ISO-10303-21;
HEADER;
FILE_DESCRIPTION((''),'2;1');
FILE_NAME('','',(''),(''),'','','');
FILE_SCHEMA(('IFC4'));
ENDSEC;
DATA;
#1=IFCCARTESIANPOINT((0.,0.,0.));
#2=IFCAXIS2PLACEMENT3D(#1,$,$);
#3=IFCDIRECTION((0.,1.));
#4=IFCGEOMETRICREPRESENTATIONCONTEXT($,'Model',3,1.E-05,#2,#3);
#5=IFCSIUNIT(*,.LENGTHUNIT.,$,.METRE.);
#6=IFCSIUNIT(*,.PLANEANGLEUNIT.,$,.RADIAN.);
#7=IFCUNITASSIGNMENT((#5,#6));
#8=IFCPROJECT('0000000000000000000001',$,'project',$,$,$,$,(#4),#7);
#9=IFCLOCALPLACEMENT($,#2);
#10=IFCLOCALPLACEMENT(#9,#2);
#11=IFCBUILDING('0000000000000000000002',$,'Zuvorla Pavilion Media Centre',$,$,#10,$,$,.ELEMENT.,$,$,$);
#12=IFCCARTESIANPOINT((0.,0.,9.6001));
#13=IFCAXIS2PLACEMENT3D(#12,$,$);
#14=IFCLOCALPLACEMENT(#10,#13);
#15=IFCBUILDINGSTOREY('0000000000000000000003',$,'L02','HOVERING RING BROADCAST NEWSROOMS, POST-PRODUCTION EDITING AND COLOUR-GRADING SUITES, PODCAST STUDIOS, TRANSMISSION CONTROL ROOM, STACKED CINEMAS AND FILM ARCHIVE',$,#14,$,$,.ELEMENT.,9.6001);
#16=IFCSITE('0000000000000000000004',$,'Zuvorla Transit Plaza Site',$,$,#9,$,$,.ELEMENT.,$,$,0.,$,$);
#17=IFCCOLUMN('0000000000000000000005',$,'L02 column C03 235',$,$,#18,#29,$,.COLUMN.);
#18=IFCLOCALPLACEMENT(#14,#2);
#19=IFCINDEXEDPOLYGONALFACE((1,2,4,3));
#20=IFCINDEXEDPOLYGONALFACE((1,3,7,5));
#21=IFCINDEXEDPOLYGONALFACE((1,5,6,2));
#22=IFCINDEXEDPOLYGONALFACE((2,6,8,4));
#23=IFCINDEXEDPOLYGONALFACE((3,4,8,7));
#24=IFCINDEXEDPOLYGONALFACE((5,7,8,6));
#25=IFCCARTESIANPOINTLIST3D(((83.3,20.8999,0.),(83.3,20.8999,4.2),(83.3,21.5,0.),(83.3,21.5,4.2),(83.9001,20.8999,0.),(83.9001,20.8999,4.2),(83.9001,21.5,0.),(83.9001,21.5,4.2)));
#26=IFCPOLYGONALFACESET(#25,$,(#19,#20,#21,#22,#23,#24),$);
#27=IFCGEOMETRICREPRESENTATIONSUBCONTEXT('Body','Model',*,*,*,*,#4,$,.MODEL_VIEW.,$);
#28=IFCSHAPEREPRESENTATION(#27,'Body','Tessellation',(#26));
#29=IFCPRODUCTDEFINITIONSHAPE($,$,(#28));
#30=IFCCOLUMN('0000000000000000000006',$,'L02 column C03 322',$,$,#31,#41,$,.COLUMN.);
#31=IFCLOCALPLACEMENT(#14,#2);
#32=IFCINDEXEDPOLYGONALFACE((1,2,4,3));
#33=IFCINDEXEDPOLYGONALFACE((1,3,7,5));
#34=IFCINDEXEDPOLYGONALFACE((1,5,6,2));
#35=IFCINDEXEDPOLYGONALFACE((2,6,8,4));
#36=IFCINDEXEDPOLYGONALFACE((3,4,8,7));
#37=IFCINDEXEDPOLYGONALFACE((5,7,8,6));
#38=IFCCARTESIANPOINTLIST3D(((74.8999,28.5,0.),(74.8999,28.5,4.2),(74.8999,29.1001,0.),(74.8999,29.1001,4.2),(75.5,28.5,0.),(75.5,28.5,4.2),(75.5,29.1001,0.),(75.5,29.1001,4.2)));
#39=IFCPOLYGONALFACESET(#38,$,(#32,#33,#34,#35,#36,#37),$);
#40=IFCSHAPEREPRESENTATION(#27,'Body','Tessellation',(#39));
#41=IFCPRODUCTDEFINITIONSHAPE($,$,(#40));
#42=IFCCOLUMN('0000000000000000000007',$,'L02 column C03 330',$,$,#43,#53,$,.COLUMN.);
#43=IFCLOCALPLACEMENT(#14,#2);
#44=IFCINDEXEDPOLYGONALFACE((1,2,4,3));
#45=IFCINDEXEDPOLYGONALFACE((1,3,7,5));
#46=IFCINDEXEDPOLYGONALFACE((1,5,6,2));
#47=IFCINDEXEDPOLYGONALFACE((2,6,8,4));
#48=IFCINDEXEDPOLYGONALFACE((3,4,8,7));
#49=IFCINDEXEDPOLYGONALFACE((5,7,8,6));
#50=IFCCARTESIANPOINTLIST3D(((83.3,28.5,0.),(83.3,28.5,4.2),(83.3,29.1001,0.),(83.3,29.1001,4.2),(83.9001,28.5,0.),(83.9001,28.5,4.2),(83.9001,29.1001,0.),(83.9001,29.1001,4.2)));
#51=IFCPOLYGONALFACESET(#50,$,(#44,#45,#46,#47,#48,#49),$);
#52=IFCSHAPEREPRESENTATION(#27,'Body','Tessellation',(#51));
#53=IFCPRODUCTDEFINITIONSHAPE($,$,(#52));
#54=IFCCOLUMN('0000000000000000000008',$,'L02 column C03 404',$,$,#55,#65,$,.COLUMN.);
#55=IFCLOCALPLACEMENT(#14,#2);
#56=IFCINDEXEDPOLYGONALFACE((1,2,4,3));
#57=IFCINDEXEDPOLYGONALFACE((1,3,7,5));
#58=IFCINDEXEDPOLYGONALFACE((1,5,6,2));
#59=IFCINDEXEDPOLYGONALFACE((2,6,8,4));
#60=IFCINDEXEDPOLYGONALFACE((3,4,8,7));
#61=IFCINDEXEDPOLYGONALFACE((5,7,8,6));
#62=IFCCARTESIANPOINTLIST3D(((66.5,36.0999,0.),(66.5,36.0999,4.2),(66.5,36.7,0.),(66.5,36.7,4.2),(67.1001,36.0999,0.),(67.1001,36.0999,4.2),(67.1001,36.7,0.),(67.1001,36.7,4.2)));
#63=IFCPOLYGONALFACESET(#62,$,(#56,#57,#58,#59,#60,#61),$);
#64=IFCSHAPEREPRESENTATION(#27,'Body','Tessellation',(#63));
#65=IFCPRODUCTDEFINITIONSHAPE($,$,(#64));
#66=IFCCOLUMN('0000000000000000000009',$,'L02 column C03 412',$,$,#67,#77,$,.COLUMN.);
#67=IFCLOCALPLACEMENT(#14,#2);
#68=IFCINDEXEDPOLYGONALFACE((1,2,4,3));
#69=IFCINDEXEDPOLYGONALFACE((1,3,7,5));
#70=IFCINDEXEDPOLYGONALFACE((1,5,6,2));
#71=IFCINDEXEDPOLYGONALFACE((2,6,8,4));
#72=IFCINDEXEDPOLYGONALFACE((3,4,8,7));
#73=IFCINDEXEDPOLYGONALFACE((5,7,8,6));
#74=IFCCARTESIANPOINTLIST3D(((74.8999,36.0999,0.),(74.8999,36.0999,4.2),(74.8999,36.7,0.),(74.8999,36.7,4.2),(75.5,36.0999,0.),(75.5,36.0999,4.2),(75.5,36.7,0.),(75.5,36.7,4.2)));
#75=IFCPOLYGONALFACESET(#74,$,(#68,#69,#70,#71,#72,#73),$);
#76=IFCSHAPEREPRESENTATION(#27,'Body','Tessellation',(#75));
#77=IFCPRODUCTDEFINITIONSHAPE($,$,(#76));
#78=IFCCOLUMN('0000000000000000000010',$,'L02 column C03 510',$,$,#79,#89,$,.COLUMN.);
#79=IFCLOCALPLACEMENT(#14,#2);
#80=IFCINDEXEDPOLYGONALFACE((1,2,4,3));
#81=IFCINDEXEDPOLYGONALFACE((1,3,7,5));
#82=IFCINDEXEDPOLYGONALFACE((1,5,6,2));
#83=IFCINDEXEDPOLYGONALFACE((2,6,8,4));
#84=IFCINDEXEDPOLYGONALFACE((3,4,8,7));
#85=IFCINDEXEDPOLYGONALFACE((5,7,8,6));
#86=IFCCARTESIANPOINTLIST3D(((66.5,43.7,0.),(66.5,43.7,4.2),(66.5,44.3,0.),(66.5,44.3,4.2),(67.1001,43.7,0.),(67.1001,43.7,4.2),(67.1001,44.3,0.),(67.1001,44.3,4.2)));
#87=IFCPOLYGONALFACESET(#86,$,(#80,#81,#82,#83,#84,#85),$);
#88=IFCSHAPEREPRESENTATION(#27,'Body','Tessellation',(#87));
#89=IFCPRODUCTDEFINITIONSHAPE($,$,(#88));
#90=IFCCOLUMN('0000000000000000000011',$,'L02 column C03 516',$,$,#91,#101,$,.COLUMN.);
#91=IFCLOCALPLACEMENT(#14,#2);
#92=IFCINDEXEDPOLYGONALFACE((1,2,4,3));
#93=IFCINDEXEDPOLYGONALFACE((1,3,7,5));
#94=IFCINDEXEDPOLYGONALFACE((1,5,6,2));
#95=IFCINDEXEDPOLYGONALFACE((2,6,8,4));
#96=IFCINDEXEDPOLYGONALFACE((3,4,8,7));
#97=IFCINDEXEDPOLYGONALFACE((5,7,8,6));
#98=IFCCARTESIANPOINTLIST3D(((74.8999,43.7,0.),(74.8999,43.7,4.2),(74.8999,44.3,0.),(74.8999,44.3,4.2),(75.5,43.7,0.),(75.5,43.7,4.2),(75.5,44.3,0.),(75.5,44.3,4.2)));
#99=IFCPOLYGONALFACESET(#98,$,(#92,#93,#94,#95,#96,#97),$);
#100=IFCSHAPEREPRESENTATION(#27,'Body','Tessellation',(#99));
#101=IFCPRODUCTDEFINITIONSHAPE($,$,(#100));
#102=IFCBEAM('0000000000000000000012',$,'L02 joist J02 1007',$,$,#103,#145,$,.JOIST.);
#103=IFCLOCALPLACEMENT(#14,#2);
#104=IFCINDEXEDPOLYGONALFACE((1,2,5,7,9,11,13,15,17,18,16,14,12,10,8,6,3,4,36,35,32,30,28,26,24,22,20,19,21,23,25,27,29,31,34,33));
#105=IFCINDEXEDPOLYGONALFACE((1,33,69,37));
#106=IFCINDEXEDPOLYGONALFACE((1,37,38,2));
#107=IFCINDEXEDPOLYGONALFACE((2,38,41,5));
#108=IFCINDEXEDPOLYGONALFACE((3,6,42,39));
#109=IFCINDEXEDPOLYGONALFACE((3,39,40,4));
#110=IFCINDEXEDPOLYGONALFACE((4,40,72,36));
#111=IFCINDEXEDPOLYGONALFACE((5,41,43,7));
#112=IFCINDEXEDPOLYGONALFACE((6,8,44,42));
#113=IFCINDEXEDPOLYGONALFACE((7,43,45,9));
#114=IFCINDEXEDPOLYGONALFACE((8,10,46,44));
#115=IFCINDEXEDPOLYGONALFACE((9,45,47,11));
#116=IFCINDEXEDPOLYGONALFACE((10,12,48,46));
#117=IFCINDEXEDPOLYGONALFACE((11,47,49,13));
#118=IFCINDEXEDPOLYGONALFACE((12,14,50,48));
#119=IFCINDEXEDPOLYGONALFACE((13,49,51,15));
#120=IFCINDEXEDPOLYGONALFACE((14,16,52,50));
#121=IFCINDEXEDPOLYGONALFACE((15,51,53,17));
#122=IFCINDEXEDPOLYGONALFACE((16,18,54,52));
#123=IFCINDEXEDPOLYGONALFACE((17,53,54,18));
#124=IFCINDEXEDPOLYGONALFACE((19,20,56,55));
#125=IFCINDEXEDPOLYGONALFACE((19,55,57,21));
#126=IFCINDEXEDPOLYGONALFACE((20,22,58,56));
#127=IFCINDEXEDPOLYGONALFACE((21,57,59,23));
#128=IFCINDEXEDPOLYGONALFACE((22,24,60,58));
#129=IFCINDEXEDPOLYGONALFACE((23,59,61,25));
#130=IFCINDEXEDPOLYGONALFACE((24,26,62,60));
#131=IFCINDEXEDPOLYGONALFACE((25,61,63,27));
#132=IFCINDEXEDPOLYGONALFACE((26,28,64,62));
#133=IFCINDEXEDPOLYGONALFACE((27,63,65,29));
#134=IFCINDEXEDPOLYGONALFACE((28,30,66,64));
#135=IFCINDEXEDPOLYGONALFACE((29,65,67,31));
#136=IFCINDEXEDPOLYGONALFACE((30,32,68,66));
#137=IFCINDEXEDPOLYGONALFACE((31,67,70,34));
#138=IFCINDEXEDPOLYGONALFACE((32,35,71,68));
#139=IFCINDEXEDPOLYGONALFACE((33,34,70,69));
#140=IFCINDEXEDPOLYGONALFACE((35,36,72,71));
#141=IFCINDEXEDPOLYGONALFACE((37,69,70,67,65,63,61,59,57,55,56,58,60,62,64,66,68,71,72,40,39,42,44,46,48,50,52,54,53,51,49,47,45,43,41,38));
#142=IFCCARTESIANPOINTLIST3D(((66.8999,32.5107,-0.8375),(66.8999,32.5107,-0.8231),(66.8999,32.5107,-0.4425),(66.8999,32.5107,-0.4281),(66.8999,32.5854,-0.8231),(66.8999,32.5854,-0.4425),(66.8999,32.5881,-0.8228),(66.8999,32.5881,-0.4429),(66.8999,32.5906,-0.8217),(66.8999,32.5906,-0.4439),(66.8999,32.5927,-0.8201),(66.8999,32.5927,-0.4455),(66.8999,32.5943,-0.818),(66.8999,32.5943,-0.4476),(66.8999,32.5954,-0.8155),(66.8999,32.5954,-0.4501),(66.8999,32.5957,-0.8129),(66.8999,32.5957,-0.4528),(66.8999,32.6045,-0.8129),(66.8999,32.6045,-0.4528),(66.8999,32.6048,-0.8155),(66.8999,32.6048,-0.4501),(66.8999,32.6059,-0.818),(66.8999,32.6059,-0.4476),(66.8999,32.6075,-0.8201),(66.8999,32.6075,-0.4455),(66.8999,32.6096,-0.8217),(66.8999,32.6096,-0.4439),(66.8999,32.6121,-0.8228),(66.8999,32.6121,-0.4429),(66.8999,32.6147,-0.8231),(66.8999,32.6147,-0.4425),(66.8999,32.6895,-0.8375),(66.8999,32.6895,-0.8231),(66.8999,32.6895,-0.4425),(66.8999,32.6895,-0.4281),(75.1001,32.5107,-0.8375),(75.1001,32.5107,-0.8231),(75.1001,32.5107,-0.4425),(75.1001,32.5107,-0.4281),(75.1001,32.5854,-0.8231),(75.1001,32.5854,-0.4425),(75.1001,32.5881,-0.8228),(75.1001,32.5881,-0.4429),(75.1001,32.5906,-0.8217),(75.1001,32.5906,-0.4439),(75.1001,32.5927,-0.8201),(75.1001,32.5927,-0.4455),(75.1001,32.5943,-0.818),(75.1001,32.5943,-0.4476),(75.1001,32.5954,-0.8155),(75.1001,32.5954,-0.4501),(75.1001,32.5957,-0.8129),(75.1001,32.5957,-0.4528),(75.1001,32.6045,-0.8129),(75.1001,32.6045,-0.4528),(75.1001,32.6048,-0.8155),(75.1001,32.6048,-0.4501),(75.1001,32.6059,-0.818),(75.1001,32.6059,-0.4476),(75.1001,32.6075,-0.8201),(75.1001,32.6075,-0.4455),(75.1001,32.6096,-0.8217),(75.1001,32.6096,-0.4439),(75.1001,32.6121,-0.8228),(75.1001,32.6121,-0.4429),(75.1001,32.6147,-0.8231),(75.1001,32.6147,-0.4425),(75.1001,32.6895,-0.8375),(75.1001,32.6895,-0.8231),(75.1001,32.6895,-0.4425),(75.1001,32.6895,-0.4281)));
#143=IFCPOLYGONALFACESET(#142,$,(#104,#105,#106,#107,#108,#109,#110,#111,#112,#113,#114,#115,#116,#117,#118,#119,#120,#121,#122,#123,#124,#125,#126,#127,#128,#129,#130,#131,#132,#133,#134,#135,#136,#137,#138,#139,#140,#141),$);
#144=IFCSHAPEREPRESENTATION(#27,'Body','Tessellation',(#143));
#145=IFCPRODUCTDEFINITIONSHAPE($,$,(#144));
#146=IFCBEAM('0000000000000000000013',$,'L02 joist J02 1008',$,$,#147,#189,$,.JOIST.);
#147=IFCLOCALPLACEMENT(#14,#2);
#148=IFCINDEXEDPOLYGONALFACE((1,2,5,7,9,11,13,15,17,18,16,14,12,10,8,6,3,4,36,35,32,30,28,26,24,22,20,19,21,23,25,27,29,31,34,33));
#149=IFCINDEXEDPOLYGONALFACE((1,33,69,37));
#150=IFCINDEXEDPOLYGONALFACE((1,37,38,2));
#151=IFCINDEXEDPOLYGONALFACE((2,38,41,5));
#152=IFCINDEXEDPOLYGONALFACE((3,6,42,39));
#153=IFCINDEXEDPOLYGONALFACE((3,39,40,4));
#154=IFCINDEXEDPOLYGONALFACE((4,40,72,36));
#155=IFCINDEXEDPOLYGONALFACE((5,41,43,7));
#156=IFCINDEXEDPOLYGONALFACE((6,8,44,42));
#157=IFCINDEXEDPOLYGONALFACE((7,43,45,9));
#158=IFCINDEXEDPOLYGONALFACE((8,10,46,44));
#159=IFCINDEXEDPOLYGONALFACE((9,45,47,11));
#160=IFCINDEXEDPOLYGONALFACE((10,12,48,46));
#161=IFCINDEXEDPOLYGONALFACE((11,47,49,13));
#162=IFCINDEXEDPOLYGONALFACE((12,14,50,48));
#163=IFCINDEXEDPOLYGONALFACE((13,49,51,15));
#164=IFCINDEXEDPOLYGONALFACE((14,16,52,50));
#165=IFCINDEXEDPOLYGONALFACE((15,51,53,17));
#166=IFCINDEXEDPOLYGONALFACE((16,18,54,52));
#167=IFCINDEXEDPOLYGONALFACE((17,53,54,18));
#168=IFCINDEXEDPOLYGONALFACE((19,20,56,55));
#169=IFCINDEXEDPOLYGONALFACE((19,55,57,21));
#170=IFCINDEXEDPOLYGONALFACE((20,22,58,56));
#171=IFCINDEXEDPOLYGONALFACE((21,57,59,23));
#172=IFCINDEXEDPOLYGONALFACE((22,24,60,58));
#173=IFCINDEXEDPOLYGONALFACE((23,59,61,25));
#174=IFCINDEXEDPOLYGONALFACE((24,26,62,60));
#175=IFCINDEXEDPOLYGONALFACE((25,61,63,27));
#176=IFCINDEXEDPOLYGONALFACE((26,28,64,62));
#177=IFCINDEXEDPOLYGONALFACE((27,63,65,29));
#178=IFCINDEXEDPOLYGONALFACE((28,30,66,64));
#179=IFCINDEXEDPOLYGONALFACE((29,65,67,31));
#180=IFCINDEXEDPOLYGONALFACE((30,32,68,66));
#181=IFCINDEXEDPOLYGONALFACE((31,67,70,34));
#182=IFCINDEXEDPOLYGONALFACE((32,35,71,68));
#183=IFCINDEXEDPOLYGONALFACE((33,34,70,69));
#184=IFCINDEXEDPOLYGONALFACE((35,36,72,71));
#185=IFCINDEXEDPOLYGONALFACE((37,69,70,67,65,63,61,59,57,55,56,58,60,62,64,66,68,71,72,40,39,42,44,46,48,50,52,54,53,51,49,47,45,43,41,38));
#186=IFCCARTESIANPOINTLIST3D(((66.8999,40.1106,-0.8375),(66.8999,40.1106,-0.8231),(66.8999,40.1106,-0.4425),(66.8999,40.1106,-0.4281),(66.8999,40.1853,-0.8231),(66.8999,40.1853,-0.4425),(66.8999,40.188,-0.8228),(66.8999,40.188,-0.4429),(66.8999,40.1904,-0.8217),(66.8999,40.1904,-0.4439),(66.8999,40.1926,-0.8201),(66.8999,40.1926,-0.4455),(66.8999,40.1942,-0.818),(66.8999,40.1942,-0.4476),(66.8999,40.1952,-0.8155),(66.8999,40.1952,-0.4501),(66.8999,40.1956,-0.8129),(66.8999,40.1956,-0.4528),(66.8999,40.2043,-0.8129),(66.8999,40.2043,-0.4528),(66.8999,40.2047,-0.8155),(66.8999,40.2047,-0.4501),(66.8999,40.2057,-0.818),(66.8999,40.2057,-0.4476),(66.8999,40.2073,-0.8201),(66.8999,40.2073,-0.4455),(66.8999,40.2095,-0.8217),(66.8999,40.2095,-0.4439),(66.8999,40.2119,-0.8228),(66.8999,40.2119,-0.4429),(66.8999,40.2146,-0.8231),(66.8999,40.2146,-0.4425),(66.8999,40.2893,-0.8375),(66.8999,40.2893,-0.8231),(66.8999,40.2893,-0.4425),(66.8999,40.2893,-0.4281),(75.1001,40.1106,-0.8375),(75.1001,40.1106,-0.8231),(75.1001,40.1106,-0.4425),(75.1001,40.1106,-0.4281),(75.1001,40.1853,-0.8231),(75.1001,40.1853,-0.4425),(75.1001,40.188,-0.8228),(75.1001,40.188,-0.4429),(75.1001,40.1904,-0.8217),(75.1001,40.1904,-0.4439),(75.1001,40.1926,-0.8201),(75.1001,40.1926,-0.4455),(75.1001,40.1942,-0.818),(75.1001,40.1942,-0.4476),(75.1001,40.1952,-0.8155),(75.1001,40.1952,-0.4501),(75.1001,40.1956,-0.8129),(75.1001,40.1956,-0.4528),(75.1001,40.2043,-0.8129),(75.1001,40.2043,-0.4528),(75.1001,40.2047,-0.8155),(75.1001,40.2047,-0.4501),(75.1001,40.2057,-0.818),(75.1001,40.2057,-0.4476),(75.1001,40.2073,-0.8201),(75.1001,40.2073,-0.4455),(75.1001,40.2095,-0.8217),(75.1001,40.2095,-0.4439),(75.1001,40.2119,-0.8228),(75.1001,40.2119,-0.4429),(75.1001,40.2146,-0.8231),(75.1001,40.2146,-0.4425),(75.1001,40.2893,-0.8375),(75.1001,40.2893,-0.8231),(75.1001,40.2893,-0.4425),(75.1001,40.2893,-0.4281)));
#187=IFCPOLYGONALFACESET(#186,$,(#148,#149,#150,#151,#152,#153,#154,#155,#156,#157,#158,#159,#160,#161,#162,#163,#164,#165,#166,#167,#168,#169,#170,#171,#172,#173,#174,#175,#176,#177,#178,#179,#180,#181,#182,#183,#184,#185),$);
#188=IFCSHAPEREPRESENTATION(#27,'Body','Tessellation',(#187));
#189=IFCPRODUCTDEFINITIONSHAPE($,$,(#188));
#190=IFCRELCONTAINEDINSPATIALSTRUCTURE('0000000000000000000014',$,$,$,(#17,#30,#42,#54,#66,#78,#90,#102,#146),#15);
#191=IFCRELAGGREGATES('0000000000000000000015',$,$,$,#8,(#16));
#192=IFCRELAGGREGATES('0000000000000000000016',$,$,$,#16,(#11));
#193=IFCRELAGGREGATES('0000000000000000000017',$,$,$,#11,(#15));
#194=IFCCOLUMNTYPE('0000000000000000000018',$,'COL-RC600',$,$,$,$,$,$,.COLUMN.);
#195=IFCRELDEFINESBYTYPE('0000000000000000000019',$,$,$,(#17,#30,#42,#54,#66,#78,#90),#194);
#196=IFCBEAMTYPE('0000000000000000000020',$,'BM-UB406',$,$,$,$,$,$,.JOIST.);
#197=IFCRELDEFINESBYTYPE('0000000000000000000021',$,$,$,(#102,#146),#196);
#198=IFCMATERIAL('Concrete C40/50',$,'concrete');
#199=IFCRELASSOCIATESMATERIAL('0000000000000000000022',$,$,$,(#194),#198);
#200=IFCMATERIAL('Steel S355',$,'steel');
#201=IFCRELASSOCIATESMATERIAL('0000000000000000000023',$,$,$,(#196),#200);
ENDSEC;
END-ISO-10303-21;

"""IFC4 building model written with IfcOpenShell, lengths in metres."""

from ifc_helpers import new_model, si_unit, direction, frame, origin, origin_2d, place, context, subcontext, project, spatial, rectangle, i_section, extrude, material, material_profile, profile_set, type_object, element, save


model = new_model("IFC4")

# Units and contexts
model_context = context("Model", 3, precision=1e-05, world=origin(), true_north=direction((0.0, 1.0)))
body_context = subcontext(model_context, "Body", "Model", "MODEL_VIEW")
ifc_project = project(units=[si_unit("LENGTHUNIT", "METRE"), si_unit("PLANEANGLEUNIT", "RADIAN")], contexts=[model_context])

# Site, building, storey
site_placement = place(None, origin())
site = spatial("IfcSite", under=ifc_project, at=site_placement, Name="Zuvorla Transit Plaza Site", CompositionType="ELEMENT", RefElevation=0.0)
building_placement = place(site_placement, origin())
building = spatial("IfcBuilding", under=site, at=building_placement, Name="Zuvorla Pavilion Media Centre", CompositionType="ELEMENT")
storey_placement = place(building_placement, frame((0.0, 0.0, 9.6001)))
storey = spatial("IfcBuildingStorey", under=building, at=storey_placement, Name="L02", Description="HOVERING RING BROADCAST NEWSROOMS, POST-PRODUCTION EDITING AND COLOUR-GRADING SUITES, PODCAST STUDIOS, TRANSMISSION CONTROL ROOM, STACKED CINEMAS AND FILM ARCHIVE", CompositionType="ELEMENT", Elevation=9.6001)

# Columns
ifc_material_1 = material(Name="Concrete C40/50", Category="concrete")
ifc_material_profile_1 = material_profile(ifc_material_1, rectangle(XDim=0.6001, YDim=0.6001, at=origin_2d()), Name="RC 600x600")
ifc_profile_set_1 = profile_set([ifc_material_profile_1], Name="Concrete C40/50")
column_type = type_object("IfcColumnType", Name="COL-RC600", PredefinedType="COLUMN", material=ifc_profile_set_1)
for number, where, z_axis, x_axis, name in (
    (1, (83.6001, 21.2, 0.0), (0.0, 0.0, 1.0), (1.0, 0.0, 0.0), "L02 column C03 235"),
    (2, (75.2, 28.8, 0.0), (0.0, 0.0, 1.0), (1.0, 0.0, 0.0), "L02 column C03 322"),
    (3, (83.6001, 28.8, 0.0), (0.0, 0.0, 1.0), (1.0, 0.0, 0.0), "L02 column C03 330"),
    (4, (66.8, 36.3999, 0.0), (0.0, 0.0, 1.0), (1.0, 0.0, 0.0), "L02 column C03 404"),
    (5, (75.2, 36.3999, 0.0), (0.0, 0.0, 1.0), (1.0, 0.0, 0.0), "L02 column C03 412"),
    (6, (66.8, 44.0, 0.0), (0.0, 0.0, 1.0), (1.0, 0.0, 0.0), "L02 column C03 510"),
    (7, (75.2, 44.0, 0.0), (0.0, 0.0, 1.0), (1.0, 0.0, 0.0), "L02 column C03 516"),
):
    element("IfcColumn", number, at=place(storey_placement, frame(where, z_axis=z_axis, x_axis=x_axis)), inside=storey, type_object=column_type, Name=name, PredefinedType="COLUMN", context=body_context, shape_type="SweptSolid", body=[
        extrude(rectangle(XDim=0.6001, YDim=0.6001, at=origin_2d()), origin(), (0.0, 0.0, 1.0), 4.2),
    ])

# Beams
ifc_material_2 = material(Name="Steel S355", Category="steel")
ifc_material_profile_2 = material_profile(ifc_material_2, i_section(OverallWidth=0.1787, OverallDepth=0.4094, WebThickness=0.0088, FlangeThickness=0.0144, FilletRadius=0.0103, at=origin_2d()), Name="UB 406x178x67")
ifc_profile_set_2 = profile_set([ifc_material_profile_2], Name="Steel S355")
beam_type_1 = type_object("IfcBeamType", Name="BM-UB406", PredefinedType="JOIST", material=ifc_profile_set_2)
for number, where, z_axis, x_axis, name in (
    (8, (66.8999, 32.6001, -0.6328), (1.0, 0.0, 0.0), (0.0, 1.0, 0.0), "L02 joist J02 1007"),
    (9, (66.8999, 40.2, -0.6328), (1.0, 0.0, 0.0), (0.0, 1.0, 0.0), "L02 joist J02 1008"),
):
    element("IfcBeam", number, at=place(storey_placement, frame(where, z_axis=z_axis, x_axis=x_axis)), inside=storey, type_object=beam_type_1, Name=name, PredefinedType="JOIST", context=body_context, shape_type="SweptSolid", body=[
        extrude(i_section(OverallWidth=0.1787, OverallDepth=0.4094, WebThickness=0.0088, FlangeThickness=0.0144, FilletRadius=0.0103, at=origin_2d()), origin(), (0.0, 0.0, 1.0), 8.2002),
    ])

save(model, "model.ifc")
